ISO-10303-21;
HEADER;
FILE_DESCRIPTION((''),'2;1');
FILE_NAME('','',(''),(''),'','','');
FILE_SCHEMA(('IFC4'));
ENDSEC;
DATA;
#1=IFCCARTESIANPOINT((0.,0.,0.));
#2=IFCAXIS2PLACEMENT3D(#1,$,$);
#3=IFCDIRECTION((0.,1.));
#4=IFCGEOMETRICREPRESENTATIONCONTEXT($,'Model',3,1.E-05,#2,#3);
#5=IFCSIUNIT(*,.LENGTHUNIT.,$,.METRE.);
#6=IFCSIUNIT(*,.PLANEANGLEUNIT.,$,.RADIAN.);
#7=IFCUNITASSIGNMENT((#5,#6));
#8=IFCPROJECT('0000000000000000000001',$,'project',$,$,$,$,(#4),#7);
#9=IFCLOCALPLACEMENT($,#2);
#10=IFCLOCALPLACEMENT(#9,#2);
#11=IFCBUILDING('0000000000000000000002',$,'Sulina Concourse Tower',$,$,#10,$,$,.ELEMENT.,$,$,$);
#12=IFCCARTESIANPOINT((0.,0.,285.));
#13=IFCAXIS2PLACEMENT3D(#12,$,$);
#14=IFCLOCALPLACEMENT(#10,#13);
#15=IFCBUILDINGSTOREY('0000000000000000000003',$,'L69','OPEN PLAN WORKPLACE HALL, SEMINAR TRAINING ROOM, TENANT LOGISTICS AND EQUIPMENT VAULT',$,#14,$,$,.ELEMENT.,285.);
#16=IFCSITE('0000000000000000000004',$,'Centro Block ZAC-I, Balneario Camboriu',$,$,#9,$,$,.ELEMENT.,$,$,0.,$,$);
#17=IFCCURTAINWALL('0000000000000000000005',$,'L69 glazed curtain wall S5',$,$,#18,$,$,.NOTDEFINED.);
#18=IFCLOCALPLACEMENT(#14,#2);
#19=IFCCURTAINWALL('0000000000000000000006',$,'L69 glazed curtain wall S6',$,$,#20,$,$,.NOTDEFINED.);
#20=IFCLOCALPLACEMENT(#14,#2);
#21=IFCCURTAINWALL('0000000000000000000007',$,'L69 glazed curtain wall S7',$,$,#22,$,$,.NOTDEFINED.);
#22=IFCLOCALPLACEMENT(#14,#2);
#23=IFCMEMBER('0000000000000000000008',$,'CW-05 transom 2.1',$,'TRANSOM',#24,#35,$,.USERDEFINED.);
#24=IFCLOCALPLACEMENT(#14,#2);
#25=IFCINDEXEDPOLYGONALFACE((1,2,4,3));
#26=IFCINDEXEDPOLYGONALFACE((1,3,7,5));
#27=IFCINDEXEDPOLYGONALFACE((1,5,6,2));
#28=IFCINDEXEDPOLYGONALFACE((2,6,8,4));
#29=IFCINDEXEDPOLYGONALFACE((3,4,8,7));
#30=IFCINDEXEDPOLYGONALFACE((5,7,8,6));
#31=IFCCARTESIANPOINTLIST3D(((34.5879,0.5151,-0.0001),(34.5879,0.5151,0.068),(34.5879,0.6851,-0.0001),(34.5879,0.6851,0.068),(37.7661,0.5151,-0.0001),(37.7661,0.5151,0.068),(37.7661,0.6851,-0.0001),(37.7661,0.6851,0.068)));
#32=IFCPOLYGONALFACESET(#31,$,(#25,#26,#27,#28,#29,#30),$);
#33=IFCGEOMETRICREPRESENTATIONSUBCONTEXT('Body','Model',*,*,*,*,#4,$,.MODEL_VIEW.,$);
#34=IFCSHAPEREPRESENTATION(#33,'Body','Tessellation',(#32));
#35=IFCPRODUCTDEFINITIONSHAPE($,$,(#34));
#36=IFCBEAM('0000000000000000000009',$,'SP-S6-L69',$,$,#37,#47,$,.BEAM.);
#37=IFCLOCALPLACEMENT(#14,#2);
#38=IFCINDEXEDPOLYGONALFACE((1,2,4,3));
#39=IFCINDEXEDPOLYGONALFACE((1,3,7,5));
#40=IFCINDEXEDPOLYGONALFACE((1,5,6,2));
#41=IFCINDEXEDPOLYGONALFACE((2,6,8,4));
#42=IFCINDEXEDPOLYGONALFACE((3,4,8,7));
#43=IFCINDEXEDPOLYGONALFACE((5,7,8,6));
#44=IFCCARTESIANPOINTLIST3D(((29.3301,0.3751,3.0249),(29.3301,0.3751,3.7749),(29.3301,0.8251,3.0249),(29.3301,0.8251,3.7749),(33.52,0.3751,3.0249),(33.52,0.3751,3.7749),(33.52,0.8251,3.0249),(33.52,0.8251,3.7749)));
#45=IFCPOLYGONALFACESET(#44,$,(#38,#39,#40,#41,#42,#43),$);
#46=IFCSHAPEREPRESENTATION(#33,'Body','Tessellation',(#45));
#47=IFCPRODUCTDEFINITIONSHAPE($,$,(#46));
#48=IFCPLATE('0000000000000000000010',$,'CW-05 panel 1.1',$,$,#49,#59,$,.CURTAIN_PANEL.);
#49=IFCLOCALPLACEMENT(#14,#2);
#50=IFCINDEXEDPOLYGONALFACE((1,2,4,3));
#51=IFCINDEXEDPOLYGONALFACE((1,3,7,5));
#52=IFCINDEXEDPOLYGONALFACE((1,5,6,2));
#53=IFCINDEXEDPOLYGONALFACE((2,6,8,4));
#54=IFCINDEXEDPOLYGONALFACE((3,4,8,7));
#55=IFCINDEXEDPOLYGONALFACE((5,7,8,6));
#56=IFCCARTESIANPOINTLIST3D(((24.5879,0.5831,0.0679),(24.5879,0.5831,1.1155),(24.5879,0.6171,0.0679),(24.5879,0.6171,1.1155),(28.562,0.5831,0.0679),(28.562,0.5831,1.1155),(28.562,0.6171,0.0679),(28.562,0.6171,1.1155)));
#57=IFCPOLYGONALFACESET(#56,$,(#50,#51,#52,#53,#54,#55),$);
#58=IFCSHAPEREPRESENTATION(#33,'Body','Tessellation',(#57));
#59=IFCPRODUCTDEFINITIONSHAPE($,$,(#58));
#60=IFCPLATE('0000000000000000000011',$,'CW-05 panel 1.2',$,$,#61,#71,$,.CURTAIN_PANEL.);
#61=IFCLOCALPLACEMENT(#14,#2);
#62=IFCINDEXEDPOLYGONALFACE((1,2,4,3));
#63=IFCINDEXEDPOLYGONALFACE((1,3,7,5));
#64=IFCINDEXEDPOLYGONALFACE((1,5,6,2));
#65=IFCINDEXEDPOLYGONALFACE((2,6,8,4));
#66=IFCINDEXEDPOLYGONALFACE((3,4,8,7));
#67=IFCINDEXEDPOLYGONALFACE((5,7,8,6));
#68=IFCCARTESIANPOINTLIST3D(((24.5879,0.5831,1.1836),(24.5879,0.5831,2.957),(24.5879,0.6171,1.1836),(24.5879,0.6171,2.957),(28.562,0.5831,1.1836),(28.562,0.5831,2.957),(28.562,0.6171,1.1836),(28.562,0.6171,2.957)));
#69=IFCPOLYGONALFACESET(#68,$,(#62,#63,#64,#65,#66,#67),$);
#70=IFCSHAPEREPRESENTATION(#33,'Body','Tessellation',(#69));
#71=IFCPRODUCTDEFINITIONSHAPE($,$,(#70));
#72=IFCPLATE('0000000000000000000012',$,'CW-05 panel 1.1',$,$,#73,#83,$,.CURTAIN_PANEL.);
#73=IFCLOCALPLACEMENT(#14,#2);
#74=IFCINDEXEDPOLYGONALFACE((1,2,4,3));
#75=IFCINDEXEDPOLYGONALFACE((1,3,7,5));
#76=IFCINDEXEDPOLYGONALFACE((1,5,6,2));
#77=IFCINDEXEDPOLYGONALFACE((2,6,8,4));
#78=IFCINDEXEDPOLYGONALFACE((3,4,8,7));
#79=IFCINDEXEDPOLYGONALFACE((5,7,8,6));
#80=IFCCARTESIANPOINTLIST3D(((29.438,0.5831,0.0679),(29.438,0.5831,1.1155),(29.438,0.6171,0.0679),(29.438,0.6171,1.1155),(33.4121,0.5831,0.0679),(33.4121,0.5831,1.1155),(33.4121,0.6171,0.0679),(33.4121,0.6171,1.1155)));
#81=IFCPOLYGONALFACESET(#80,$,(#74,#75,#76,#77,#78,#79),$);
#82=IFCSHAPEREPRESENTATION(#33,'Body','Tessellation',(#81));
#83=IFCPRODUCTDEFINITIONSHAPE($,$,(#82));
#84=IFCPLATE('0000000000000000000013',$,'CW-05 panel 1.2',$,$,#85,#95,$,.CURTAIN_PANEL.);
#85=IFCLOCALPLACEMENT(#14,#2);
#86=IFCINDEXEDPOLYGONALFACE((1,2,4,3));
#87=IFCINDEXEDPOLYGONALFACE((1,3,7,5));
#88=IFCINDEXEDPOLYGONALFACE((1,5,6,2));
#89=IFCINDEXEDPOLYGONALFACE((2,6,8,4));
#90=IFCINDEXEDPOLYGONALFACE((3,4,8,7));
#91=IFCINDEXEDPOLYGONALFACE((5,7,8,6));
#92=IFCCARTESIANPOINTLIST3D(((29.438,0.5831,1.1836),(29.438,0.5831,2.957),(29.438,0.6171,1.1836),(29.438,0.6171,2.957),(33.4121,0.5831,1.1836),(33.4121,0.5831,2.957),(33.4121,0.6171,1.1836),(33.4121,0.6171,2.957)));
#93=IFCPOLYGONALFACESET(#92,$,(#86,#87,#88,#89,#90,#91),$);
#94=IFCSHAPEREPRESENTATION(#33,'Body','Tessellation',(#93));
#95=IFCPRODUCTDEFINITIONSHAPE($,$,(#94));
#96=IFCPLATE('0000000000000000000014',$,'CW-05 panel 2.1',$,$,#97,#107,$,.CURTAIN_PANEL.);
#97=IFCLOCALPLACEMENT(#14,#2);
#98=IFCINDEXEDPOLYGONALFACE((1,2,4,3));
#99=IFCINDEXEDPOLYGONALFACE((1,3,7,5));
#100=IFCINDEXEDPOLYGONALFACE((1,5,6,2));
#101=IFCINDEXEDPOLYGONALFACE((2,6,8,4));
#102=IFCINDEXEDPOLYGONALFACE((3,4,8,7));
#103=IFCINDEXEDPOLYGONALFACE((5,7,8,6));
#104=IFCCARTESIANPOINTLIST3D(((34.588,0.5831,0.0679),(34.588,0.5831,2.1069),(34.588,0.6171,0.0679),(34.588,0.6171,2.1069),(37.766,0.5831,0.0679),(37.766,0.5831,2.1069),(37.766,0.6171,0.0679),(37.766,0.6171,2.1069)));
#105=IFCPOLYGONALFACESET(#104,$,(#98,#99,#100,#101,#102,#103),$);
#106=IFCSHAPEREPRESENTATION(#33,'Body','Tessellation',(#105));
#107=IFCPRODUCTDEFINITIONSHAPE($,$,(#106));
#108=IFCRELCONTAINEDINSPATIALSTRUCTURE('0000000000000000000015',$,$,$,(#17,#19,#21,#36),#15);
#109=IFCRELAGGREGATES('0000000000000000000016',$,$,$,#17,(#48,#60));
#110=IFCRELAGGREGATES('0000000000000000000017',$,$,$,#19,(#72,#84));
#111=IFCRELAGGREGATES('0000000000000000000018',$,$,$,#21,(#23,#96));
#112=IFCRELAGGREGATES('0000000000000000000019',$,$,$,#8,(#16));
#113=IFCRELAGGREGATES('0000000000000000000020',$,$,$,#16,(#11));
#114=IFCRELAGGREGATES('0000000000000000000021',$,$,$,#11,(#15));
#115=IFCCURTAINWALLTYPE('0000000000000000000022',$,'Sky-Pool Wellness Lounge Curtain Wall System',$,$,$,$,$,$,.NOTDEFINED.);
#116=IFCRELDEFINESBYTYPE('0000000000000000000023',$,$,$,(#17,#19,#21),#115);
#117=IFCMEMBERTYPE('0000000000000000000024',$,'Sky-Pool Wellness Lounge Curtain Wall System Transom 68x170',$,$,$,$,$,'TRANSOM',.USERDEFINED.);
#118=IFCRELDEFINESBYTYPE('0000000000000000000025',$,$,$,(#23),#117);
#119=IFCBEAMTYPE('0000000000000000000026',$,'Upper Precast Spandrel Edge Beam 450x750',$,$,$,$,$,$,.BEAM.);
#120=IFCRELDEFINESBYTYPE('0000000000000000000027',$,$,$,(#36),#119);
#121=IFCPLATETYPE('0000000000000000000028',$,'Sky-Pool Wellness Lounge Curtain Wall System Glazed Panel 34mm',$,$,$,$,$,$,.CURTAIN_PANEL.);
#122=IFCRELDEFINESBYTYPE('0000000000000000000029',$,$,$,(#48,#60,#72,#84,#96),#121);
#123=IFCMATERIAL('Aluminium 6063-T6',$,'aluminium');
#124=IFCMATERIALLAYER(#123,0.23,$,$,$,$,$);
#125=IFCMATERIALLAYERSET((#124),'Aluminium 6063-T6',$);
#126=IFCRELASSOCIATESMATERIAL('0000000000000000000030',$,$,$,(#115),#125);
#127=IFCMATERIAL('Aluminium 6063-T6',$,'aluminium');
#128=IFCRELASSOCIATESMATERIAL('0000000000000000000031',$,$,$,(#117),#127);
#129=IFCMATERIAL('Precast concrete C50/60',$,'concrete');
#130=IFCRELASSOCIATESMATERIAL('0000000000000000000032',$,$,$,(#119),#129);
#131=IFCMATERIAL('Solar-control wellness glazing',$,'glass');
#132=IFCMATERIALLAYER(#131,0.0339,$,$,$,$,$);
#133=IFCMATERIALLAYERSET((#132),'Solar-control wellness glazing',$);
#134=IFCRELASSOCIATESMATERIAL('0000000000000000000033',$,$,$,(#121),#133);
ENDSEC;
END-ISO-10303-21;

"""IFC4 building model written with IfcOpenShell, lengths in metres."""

from ifc_helpers import new_model, si_unit, direction, frame, origin, origin_2d, place, context, subcontext, project, spatial, rectangle, extrude, material, layer, layer_set, material_profile, profile_set, type_object, element, aggregate, save


model = new_model("IFC4")

# Units and contexts
model_context = context("Model", 3, precision=1e-05, world=origin(), true_north=direction((0.0, 1.0)))
body_context = subcontext(model_context, "Body", "Model", "MODEL_VIEW")
ifc_project = project(units=[si_unit("LENGTHUNIT", "METRE"), si_unit("PLANEANGLEUNIT", "RADIAN")], contexts=[model_context])

# Site, building, storey
site_placement = place(None, origin())
site = spatial("IfcSite", under=ifc_project, at=site_placement, Name="Centro Block ZAC-I, Balneario Camboriu", CompositionType="ELEMENT", RefElevation=0.0)
building_placement = place(site_placement, origin())
building = spatial("IfcBuilding", under=site, at=building_placement, Name="Sulina Concourse Tower", CompositionType="ELEMENT")
storey_placement = place(building_placement, frame((0.0, 0.0, 285.0)))
storey = spatial("IfcBuildingStorey", under=building, at=storey_placement, Name="L69", Description="OPEN PLAN WORKPLACE HALL, SEMINAR TRAINING ROOM, TENANT LOGISTICS AND EQUIPMENT VAULT", CompositionType="ELEMENT", Elevation=285.0)

# Curtain walls
ifc_material_1 = material(Name="Aluminium 6063-T6", Category="aluminium")
ifc_layer_1 = layer(ifc_material_1, 0.23)
ifc_layer_set_1 = layer_set([ifc_layer_1], Name="Aluminium 6063-T6")
curtain_wall_type = type_object("IfcCurtainWallType", Name="Sky-Pool Wellness Lounge Curtain Wall System", PredefinedType="NOTDEFINED", material=ifc_layer_set_1)
curtain_wall_1_placement = place(storey_placement, origin())
curtain_wall_1 = element("IfcCurtainWall", 1, at=curtain_wall_1_placement, inside=storey, type_object=curtain_wall_type, Name="L69 glazed curtain wall S5", PredefinedType="NOTDEFINED")
curtain_wall_2_placement = place(storey_placement, origin())
curtain_wall_2 = element("IfcCurtainWall", 2, at=curtain_wall_2_placement, inside=storey, type_object=curtain_wall_type, Name="L69 glazed curtain wall S6", PredefinedType="NOTDEFINED")

# Curtain wall
curtain_wall_3_placement = place(storey_placement, origin())
curtain_wall_3 = element("IfcCurtainWall", 3, at=curtain_wall_3_placement, inside=storey, type_object=curtain_wall_type, Name="L69 glazed curtain wall S7", PredefinedType="NOTDEFINED")

# Member
ifc_material_2 = material(Name="Aluminium 6063-T6", Category="aluminium")
ifc_material_profile_1 = material_profile(ifc_material_2, rectangle(XDim=0.1699, YDim=0.0681, at=origin_2d()), Name="TRN 68x170")
ifc_profile_set_1 = profile_set([ifc_material_profile_1], Name="Aluminium 6063-T6")
member_type_1 = type_object("IfcMemberType", Name="Sky-Pool Wellness Lounge Curtain Wall System Transom 68x170", ElementType="TRANSOM", PredefinedType="USERDEFINED", material=ifc_profile_set_1)
member_1_placement = place(storey_placement, frame((37.7661, 0.6001, 0.0339), z_axis=(-1.0, 0.0, 0.0), x_axis=(0.0, -1.0, 0.0)))
member_1 = element("IfcMember", 4, at=member_1_placement, type_object=member_type_1, Name="CW-05 transom 2.1", ObjectType="TRANSOM", PredefinedType="USERDEFINED", context=body_context, shape_type="SweptSolid", body=[
    extrude(rectangle(XDim=0.1699, YDim=0.0681, at=origin_2d()), origin(), (0.0, 0.0, 1.0), 3.1782),
])

# Beam
ifc_material_3 = material(Name="Precast concrete C50/60", Category="concrete")
ifc_material_profile_2 = material_profile(ifc_material_3, rectangle(XDim=0.45, YDim=0.75, at=origin_2d()), Name="RC 450x750")
ifc_profile_set_2 = profile_set([ifc_material_profile_2], Name="Precast concrete C50/60")
beam_type_1 = type_object("IfcBeamType", Name="Upper Precast Spandrel Edge Beam 450x750", PredefinedType="BEAM", material=ifc_profile_set_2)
beam_1_placement = place(storey_placement, frame((29.3301, 0.6001, 3.3999), z_axis=(1.0, 0.0, 0.0), x_axis=(0.0, 1.0, 0.0)))
element("IfcBeam", 5, at=beam_1_placement, inside=storey, type_object=beam_type_1, Name="SP-S6-L69", PredefinedType="BEAM", context=body_context, shape_type="SweptSolid", body=[
    extrude(rectangle(XDim=0.45, YDim=0.75, at=origin_2d()), origin(), (0.0, 0.0, 1.0), 4.1899),
])

# Plates
ifc_material_4 = material(Name="Solar-control wellness glazing", Category="glass")
ifc_layer_2 = layer(ifc_material_4, 0.0339)
ifc_layer_set_2 = layer_set([ifc_layer_2], Name="Solar-control wellness glazing")
plate_type = type_object("IfcPlateType", Name="Sky-Pool Wellness Lounge Curtain Wall System Glazed Panel 34mm", PredefinedType="CURTAIN_PANEL", material=ifc_layer_set_2)
plate_1_placement = place(storey_placement, frame((26.575, 0.6001, 0.0679), z_axis=(0.0, 0.0, 1.0), x_axis=(-1.0, 0.0, 0.0)))
plate_1 = element("IfcPlate", 6, at=plate_1_placement, type_object=plate_type, Name="CW-05 panel 1.1", PredefinedType="CURTAIN_PANEL", context=body_context, shape_type="SweptSolid", body=[
    extrude(rectangle(XDim=3.9741, YDim=0.0339, at=origin_2d()), origin(), (0.0, 0.0, 1.0), 1.0476),
])
plate_2_placement = place(storey_placement, frame((26.575, 0.6001, 1.1836), z_axis=(0.0, 0.0, 1.0), x_axis=(-1.0, 0.0, 0.0)))
plate_2 = element("IfcPlate", 7, at=plate_2_placement, type_object=plate_type, Name="CW-05 panel 1.2", PredefinedType="CURTAIN_PANEL", context=body_context, shape_type="SweptSolid", body=[
    extrude(rectangle(XDim=3.9741, YDim=0.0339, at=origin_2d()), origin(), (0.0, 0.0, 1.0), 1.7734),
])
aggregate(curtain_wall_1, [plate_1, plate_2])
plate_3_placement = place(storey_placement, frame((31.425, 0.6001, 0.0679), z_axis=(0.0, 0.0, 1.0), x_axis=(-1.0, 0.0, 0.0)))
plate_3 = element("IfcPlate", 8, at=plate_3_placement, type_object=plate_type, Name="CW-05 panel 1.1", PredefinedType="CURTAIN_PANEL", context=body_context, shape_type="SweptSolid", body=[
    extrude(rectangle(XDim=3.9741, YDim=0.0339, at=origin_2d()), origin(), (0.0, 0.0, 1.0), 1.0476),
])
plate_4_placement = place(storey_placement, frame((31.425, 0.6001, 1.1836), z_axis=(0.0, 0.0, 1.0), x_axis=(-1.0, 0.0, 0.0)))
plate_4 = element("IfcPlate", 9, at=plate_4_placement, type_object=plate_type, Name="CW-05 panel 1.2", PredefinedType="CURTAIN_PANEL", context=body_context, shape_type="SweptSolid", body=[
    extrude(rectangle(XDim=3.9741, YDim=0.0339, at=origin_2d()), origin(), (0.0, 0.0, 1.0), 1.7734),
])
aggregate(curtain_wall_2, [plate_3, plate_4])
plate_5_placement = place(storey_placement, frame((36.177, 0.6001, 0.0679), z_axis=(0.0, 0.0, 1.0), x_axis=(-1.0, 0.0, 0.0)))
plate_5 = element("IfcPlate", 10, at=plate_5_placement, type_object=plate_type, Name="CW-05 panel 2.1", PredefinedType="CURTAIN_PANEL", context=body_context, shape_type="SweptSolid", body=[
    extrude(rectangle(XDim=3.178, YDim=0.0339, at=origin_2d()), origin(), (0.0, 0.0, 1.0), 2.0391),
])
aggregate(curtain_wall_3, [member_1, plate_5])

save(model, "model.ifc")
